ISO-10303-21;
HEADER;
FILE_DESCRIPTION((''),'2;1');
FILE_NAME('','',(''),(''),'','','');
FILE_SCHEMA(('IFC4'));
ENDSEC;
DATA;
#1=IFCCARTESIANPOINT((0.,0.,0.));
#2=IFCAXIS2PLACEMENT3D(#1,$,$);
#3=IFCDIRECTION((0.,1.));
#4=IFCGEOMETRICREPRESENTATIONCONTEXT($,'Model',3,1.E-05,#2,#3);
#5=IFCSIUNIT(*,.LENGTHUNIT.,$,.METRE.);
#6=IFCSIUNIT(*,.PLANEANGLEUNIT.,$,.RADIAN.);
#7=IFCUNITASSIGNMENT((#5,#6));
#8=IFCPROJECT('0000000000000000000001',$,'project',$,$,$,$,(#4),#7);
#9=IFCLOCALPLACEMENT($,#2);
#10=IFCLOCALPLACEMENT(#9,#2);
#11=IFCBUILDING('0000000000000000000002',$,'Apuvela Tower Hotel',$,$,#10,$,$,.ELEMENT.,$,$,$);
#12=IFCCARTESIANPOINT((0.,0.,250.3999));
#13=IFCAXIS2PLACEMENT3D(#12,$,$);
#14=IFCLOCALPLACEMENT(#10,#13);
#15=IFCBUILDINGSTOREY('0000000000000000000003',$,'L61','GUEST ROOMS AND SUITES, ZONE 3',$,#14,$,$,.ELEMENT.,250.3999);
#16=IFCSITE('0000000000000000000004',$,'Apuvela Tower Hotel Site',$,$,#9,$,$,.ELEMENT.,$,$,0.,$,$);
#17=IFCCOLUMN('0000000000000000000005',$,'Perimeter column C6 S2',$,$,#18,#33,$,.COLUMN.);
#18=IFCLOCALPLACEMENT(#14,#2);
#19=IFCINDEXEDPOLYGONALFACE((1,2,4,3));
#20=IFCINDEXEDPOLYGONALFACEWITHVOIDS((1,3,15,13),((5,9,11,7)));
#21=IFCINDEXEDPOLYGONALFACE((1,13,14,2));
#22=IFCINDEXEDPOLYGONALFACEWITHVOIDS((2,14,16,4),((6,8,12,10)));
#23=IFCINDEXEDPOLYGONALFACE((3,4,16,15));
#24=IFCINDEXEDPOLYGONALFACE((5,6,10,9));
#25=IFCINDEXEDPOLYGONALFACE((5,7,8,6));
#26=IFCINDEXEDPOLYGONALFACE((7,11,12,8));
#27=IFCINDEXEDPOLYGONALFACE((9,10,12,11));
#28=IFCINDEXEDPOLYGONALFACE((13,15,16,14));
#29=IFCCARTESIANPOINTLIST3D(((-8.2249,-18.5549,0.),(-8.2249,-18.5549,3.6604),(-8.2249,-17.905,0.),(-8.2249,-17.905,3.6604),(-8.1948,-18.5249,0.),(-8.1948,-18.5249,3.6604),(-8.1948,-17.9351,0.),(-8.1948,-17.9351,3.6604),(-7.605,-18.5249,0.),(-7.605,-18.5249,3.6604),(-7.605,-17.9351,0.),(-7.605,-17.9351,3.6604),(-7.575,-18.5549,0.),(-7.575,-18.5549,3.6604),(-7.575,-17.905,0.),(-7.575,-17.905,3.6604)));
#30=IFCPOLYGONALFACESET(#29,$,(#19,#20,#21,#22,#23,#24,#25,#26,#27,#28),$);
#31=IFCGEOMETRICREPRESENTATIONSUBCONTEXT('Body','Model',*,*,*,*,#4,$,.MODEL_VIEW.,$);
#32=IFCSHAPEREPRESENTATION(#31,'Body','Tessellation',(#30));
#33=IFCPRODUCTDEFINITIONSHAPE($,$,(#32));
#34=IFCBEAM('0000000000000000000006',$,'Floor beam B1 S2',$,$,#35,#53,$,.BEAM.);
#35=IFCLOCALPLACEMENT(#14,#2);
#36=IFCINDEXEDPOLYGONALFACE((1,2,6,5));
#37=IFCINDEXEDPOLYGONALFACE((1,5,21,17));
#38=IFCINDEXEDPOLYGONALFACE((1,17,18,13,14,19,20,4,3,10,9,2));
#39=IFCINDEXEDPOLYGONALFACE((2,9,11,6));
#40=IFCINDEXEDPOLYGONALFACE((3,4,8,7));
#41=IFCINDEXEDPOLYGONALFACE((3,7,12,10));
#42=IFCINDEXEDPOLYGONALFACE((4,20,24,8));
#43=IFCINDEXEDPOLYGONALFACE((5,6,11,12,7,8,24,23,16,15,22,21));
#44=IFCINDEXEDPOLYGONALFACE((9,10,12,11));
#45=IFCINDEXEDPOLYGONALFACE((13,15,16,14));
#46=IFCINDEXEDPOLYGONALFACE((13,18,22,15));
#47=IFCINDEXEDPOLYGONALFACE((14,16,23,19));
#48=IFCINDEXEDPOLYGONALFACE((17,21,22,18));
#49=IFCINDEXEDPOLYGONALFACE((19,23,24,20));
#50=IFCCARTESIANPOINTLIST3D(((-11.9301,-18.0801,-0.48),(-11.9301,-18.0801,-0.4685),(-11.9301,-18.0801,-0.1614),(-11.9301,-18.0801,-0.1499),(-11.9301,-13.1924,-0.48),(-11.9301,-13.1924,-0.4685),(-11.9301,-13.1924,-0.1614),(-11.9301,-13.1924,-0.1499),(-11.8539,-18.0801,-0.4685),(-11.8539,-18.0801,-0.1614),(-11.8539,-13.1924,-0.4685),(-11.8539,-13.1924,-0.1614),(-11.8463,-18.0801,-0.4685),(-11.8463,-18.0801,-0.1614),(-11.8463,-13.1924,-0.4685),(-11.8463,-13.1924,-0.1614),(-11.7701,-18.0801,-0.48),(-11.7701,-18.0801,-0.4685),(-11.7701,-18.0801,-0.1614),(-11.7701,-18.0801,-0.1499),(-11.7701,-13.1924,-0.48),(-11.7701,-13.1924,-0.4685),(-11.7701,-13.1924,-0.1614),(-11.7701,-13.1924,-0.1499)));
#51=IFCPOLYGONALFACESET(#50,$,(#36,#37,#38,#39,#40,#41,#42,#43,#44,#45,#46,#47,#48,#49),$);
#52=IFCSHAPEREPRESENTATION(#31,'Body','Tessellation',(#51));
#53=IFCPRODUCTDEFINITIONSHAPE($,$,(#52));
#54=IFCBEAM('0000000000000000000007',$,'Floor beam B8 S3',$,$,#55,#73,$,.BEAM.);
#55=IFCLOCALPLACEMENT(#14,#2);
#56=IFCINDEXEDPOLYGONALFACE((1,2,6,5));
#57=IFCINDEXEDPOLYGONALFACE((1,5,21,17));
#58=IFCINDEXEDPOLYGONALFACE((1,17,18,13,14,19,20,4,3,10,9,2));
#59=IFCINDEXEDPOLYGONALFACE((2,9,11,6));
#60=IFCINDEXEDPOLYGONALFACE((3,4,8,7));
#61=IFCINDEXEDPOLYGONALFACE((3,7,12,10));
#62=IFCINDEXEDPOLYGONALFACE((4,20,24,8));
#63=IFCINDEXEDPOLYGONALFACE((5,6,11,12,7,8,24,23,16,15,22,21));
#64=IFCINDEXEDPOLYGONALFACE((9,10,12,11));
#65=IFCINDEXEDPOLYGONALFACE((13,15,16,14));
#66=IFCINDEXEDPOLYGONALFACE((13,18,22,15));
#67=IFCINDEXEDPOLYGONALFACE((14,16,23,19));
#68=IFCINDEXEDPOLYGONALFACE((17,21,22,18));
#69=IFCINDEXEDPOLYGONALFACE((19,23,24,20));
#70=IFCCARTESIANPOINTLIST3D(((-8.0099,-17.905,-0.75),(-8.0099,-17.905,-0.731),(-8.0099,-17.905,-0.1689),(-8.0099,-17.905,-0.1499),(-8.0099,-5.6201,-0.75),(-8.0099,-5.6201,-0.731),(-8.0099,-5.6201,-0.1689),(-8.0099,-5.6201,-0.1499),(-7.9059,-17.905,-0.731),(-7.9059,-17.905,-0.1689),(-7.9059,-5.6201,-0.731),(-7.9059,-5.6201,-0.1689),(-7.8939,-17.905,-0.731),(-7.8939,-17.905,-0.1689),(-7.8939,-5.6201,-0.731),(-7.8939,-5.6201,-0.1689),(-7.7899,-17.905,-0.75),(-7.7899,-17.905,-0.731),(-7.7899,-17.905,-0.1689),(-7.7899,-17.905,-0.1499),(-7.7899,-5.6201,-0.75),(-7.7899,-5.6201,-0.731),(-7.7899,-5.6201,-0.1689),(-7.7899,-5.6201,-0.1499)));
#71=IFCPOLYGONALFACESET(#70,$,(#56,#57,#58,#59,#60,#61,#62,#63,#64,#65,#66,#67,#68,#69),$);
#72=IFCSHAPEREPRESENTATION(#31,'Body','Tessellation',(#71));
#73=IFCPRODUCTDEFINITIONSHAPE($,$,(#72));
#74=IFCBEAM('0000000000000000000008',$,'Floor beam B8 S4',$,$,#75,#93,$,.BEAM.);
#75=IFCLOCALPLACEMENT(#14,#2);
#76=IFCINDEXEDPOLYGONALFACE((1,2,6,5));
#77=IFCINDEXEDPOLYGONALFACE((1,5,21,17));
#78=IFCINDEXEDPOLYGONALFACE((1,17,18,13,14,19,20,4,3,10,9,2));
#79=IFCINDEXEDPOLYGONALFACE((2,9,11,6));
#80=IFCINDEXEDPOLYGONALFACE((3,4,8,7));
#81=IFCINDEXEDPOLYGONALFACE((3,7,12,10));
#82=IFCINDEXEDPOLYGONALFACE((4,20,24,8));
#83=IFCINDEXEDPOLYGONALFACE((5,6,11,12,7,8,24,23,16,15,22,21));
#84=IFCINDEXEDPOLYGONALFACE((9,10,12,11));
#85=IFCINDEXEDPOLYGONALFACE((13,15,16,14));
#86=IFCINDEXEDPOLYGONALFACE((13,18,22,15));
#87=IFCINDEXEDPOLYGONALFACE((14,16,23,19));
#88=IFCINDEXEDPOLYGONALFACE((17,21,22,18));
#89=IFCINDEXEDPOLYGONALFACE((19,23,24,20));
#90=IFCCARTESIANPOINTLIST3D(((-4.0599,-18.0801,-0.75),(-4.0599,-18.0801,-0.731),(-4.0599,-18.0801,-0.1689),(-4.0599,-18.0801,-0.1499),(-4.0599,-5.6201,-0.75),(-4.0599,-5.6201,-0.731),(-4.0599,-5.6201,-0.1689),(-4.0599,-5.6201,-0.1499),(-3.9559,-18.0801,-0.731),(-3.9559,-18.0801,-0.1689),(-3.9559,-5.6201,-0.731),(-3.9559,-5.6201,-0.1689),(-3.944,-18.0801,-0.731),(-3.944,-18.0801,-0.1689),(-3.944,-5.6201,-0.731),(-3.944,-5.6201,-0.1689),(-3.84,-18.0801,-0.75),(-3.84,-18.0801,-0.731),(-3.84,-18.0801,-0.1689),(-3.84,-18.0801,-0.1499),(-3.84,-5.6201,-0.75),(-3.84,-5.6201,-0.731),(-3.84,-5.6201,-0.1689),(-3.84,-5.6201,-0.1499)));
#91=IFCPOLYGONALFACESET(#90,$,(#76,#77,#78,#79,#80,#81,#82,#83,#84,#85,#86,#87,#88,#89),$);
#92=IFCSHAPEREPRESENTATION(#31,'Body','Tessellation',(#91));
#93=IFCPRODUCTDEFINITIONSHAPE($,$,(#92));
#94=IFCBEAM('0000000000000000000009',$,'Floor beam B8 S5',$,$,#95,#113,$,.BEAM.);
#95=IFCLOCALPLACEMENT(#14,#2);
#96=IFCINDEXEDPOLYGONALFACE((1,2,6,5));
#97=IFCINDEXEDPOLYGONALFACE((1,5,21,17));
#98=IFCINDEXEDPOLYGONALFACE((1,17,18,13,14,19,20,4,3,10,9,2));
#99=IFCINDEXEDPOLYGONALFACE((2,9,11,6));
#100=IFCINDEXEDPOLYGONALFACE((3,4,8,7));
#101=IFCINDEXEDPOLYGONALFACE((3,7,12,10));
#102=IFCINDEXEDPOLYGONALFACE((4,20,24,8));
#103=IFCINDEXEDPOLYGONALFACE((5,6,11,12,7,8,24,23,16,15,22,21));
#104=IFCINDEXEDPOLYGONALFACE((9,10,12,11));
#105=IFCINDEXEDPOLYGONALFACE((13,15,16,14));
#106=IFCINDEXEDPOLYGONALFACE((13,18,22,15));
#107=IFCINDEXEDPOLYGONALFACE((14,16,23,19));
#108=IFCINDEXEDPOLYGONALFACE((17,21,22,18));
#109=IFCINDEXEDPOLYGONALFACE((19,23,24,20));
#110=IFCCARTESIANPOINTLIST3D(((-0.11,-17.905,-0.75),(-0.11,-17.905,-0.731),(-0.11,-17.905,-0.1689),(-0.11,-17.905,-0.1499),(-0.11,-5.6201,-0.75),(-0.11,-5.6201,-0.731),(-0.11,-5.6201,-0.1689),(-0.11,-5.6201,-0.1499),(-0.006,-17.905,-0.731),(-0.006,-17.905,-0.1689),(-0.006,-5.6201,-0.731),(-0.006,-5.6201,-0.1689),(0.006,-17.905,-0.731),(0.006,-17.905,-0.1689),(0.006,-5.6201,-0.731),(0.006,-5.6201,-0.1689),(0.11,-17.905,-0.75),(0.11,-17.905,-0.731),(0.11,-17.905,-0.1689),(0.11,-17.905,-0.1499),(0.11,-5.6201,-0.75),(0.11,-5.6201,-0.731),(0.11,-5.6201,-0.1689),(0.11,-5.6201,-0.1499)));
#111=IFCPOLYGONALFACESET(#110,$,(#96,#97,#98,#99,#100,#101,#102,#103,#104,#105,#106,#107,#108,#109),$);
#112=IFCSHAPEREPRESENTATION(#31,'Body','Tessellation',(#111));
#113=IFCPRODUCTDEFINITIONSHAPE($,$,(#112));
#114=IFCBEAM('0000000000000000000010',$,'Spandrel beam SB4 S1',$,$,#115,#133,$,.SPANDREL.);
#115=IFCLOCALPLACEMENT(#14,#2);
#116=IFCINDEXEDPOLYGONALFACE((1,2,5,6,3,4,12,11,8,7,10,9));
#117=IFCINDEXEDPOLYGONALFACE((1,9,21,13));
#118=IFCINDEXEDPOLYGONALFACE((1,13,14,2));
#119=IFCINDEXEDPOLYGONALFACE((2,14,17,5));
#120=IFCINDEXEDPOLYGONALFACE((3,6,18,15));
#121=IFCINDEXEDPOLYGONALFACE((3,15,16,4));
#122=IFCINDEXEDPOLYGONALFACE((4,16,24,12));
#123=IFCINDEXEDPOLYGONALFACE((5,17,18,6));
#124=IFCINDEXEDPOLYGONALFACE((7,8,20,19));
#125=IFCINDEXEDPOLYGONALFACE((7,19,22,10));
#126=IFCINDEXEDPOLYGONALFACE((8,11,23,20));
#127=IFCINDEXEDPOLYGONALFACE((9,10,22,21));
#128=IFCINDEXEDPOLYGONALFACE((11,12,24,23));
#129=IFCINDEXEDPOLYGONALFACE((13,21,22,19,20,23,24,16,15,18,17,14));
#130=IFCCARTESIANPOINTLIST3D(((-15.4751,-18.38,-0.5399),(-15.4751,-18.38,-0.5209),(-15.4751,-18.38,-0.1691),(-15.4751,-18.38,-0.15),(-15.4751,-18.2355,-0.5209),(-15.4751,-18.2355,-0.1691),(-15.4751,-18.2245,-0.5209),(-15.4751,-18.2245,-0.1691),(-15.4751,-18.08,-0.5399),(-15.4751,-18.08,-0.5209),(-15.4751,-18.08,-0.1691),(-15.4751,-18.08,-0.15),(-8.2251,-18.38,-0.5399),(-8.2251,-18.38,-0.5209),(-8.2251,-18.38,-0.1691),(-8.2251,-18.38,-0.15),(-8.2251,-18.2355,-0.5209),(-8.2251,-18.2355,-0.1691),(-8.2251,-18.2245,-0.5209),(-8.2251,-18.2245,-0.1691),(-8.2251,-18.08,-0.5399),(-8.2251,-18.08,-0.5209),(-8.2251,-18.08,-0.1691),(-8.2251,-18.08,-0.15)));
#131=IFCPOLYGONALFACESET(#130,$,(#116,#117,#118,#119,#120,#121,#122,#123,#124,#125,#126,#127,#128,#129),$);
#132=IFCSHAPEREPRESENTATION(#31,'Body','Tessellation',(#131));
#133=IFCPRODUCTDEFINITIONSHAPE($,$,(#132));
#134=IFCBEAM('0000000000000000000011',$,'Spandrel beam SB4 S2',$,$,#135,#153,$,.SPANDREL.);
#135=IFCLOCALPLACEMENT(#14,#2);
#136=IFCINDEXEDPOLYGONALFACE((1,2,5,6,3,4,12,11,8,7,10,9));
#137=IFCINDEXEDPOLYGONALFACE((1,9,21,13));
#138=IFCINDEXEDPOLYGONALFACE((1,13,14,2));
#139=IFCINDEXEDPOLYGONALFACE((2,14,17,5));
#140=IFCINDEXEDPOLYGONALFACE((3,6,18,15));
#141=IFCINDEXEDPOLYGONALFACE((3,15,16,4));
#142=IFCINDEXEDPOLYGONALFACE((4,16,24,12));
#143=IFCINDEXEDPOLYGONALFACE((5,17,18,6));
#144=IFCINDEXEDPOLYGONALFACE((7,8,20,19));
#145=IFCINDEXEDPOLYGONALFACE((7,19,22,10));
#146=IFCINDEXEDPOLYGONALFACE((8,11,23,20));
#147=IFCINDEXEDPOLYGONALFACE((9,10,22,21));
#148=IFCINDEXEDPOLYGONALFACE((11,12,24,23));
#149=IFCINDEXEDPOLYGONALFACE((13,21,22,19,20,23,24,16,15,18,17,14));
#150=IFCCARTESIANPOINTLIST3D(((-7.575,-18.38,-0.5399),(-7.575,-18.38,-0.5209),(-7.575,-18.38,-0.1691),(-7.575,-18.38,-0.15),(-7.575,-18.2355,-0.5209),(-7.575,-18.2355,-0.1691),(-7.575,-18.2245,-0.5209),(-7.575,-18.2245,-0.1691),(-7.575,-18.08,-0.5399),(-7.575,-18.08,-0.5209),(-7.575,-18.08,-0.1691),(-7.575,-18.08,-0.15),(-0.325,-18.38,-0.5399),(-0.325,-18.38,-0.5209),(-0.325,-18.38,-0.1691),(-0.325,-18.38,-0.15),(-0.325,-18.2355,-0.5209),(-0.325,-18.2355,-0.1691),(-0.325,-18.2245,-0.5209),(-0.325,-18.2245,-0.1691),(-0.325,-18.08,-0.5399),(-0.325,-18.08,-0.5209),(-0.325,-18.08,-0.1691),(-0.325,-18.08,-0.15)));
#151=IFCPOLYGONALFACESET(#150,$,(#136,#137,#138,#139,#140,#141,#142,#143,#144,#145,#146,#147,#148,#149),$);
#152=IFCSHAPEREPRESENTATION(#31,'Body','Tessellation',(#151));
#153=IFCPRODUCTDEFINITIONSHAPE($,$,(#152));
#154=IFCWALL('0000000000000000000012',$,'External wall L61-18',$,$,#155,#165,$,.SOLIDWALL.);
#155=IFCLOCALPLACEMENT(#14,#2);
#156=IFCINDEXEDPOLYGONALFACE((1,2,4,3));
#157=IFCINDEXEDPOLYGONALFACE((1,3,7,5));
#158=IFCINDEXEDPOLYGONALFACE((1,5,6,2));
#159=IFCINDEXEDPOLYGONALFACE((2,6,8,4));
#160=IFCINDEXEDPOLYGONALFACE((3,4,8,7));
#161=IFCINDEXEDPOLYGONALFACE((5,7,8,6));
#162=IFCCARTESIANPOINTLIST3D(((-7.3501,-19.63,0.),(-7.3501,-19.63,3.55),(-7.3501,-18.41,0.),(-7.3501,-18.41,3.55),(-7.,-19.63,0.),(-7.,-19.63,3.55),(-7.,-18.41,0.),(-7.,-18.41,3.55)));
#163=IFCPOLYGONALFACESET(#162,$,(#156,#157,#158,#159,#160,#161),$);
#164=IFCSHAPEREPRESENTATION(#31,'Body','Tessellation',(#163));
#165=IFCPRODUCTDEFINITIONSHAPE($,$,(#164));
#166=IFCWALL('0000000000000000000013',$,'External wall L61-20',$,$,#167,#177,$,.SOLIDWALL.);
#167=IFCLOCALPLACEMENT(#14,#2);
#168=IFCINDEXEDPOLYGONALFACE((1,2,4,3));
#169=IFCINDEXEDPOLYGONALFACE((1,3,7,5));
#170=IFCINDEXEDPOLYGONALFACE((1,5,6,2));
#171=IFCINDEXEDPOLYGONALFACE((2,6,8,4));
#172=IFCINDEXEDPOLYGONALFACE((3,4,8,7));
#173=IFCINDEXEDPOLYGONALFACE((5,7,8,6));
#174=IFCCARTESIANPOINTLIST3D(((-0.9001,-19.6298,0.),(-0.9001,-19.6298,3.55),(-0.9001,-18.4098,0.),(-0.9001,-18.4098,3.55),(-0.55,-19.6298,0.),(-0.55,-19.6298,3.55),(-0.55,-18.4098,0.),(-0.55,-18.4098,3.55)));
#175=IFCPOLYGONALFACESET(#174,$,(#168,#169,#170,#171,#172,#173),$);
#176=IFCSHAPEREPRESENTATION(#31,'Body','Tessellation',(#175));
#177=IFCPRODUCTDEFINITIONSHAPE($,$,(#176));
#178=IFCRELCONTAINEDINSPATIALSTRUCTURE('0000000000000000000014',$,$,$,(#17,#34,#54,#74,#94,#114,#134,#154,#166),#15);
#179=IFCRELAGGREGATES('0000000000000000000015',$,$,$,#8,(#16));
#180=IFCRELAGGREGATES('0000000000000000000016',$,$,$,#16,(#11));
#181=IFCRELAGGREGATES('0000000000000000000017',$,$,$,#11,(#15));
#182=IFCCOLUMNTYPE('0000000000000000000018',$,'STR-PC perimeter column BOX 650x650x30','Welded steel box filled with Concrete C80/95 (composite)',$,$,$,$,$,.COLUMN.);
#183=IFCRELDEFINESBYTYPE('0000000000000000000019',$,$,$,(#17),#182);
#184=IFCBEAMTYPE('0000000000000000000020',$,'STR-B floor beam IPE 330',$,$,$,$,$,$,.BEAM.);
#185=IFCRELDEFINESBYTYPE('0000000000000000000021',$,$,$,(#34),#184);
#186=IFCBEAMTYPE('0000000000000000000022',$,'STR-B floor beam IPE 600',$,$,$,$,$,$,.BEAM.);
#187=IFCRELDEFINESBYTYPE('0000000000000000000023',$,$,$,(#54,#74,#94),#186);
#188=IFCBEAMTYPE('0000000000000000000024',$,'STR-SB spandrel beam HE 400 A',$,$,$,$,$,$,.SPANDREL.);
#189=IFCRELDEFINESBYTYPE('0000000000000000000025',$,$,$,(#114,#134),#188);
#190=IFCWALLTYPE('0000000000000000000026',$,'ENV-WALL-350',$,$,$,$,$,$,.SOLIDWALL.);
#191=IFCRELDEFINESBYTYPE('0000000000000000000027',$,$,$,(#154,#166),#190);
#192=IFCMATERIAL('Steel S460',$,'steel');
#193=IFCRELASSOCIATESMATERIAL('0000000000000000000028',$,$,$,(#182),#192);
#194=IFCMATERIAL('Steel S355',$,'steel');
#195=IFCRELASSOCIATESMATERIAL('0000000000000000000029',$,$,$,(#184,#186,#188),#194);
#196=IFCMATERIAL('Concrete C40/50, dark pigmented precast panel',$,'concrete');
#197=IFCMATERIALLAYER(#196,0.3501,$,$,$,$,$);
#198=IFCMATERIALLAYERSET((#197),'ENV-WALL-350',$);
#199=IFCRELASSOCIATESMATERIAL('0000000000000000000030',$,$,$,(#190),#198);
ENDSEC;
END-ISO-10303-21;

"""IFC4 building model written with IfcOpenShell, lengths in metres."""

from ifc_helpers import new_model, si_unit, direction, frame, frame_2d, origin, origin_2d, place, context, subcontext, project, spatial, rectangle, hollow_rectangle, i_section, extrude, boolean, halfspace, material, layer, layer_set, material_profile, profile_set, type_object, element, save


model = new_model("IFC4")

# Units and contexts
model_context = context("Model", 3, precision=1e-05, world=origin(), true_north=direction((0.0, 1.0)))
body_context = subcontext(model_context, "Body", "Model", "MODEL_VIEW")
ifc_project = project(units=[si_unit("LENGTHUNIT", "METRE"), si_unit("PLANEANGLEUNIT", "RADIAN")], contexts=[model_context])

# Site, building, storey
site_placement = place(None, origin())
site = spatial("IfcSite", under=ifc_project, at=site_placement, Name="Apuvela Tower Hotel Site", CompositionType="ELEMENT", RefElevation=0.0)
building_placement = place(site_placement, origin())
building = spatial("IfcBuilding", under=site, at=building_placement, Name="Apuvela Tower Hotel", CompositionType="ELEMENT")
storey_placement = place(building_placement, frame((0.0, 0.0, 250.3999)))
storey = spatial("IfcBuildingStorey", under=building, at=storey_placement, Name="L61", Description="GUEST ROOMS AND SUITES, ZONE 3", CompositionType="ELEMENT", Elevation=250.3999)

# Column
ifc_material_1 = material(Name="Steel S460", Category="steel")
ifc_material_profile_1 = material_profile(ifc_material_1, hollow_rectangle(XDim=0.6499, YDim=0.6499, WallThickness=0.03, at=origin_2d()), Name="BOX 650x650x30")
ifc_material_2 = material(Name="Concrete C80/95", Category="concrete")
ifc_material_profile_2 = material_profile(ifc_material_2, rectangle(XDim=0.5901, YDim=0.5901, at=origin_2d()), Name="Concrete C80/95 infill")
ifc_profile_set_1 = profile_set([ifc_material_profile_1, ifc_material_profile_2], Name="Steel S460")
column_type = type_object("IfcColumnType", Name="STR-PC perimeter column BOX 650x650x30", Description="Welded steel box filled with Concrete C80/95 (composite)", PredefinedType="COLUMN", material=ifc_profile_set_1)
column_1_placement = place(storey_placement, frame((-7.8999, -18.23, 0.0), z_axis=(0.0, 0.0, 1.0), x_axis=(-1.0, 0.0, 0.0)))
element("IfcColumn", 1, at=column_1_placement, inside=storey, type_object=column_type, Name="Perimeter column C6 S2", PredefinedType="COLUMN", context=body_context, shape_type="SweptSolid", body=[
    boolean("DIFFERENCE", extrude(hollow_rectangle(XDim=0.6499, YDim=0.6499, WallThickness=0.03, at=origin_2d()), origin(), (0.0, 0.0, 1.0), 3.7002), halfspace(frame((0.0, 0.0, 3.6604), z_axis=(0.0, 0.0, 1.0), x_axis=(1.0, 0.0, 0.0)), False)),
])

# Beams
ifc_material_3 = material(Name="Steel S355", Category="steel")
ifc_material_profile_3 = material_profile(ifc_material_3, i_section(OverallWidth=0.1599, OverallDepth=0.3301, WebThickness=0.0076, FlangeThickness=0.0115, at=origin_2d()), Name="IPE 330")
ifc_profile_set_2 = profile_set([ifc_material_profile_3], Name="Steel S355")
beam_type_1 = type_object("IfcBeamType", Name="STR-B floor beam IPE 330", PredefinedType="BEAM", material=ifc_profile_set_2)
beam_1_placement = place(storey_placement, frame((-11.8501, -18.0801, -0.3149), z_axis=(0.0, 1.0, 0.0), x_axis=(-1.0, 0.0, 0.0)))
element("IfcBeam", 2, at=beam_1_placement, inside=storey, type_object=beam_type_1, Name="Floor beam B1 S2", PredefinedType="BEAM", context=body_context, shape_type="SweptSolid", body=[
    extrude(i_section(OverallWidth=0.1599, OverallDepth=0.3301, WebThickness=0.0076, FlangeThickness=0.0115, at=origin_2d()), origin(), (0.0, 0.0, 1.0), 4.8877),
])
ifc_material_profile_4 = material_profile(ifc_material_3, i_section(OverallWidth=0.22, OverallDepth=0.6001, WebThickness=0.012, FlangeThickness=0.019, at=origin_2d()), Name="IPE 600")
ifc_profile_set_3 = profile_set([ifc_material_profile_4], Name="Steel S355")
beam_type_2 = type_object("IfcBeamType", Name="STR-B floor beam IPE 600", PredefinedType="BEAM", material=ifc_profile_set_3)
beam_2_placement = place(storey_placement, frame((-7.8999, -17.905, -0.45), z_axis=(0.0, 1.0, 0.0), x_axis=(-1.0, 0.0, 0.0)))
element("IfcBeam", 3, at=beam_2_placement, inside=storey, type_object=beam_type_2, Name="Floor beam B8 S3", PredefinedType="BEAM", context=body_context, shape_type="SweptSolid", body=[
    extrude(i_section(OverallWidth=0.22, OverallDepth=0.6001, WebThickness=0.012, FlangeThickness=0.019, at=origin_2d()), origin(), (0.0, 0.0, 1.0), 12.2849),
])
beam_3_placement = place(storey_placement, frame((-3.95, -18.0801, -0.45), z_axis=(0.0, 1.0, 0.0), x_axis=(-1.0, 0.0, 0.0)))
element("IfcBeam", 4, at=beam_3_placement, inside=storey, type_object=beam_type_2, Name="Floor beam B8 S4", PredefinedType="BEAM", context=body_context, shape_type="SweptSolid", body=[
    extrude(i_section(OverallWidth=0.22, OverallDepth=0.6001, WebThickness=0.012, FlangeThickness=0.019, at=origin_2d()), origin(), (0.0, 0.0, 1.0), 12.46),
])
beam_4_placement = place(storey_placement, frame((0.0, -17.905, -0.45), z_axis=(0.0, 1.0, 0.0), x_axis=(-1.0, 0.0, 0.0)))
element("IfcBeam", 5, at=beam_4_placement, inside=storey, type_object=beam_type_2, Name="Floor beam B8 S5", PredefinedType="BEAM", context=body_context, shape_type="SweptSolid", body=[
    extrude(i_section(OverallWidth=0.22, OverallDepth=0.6001, WebThickness=0.012, FlangeThickness=0.019, at=origin_2d()), origin(), (0.0, 0.0, 1.0), 12.2849),
])
ifc_material_profile_5 = material_profile(ifc_material_3, i_section(OverallWidth=0.3, OverallDepth=0.3899, WebThickness=0.011, FlangeThickness=0.019, at=origin_2d()), Name="HE 400 A")
ifc_profile_set_4 = profile_set([ifc_material_profile_5], Name="Steel S355")
beam_type_3 = type_object("IfcBeamType", Name="STR-SB spandrel beam HE 400 A", PredefinedType="SPANDREL", material=ifc_profile_set_4)
for number, where, z_axis, x_axis, name in (
    (6, (-15.4751, -18.23, -0.345), (1.0, 0.0, 0.0), (0.0, 1.0, 0.0), "Spandrel beam SB4 S1"),
    (7, (-7.575, -18.23, -0.345), (1.0, 0.0, 0.0), (0.0, 1.0, 0.0), "Spandrel beam SB4 S2"),
):
    element("IfcBeam", number, at=place(storey_placement, frame(where, z_axis=z_axis, x_axis=x_axis)), inside=storey, type_object=beam_type_3, Name=name, PredefinedType="SPANDREL", context=body_context, shape_type="SweptSolid", body=[
        extrude(i_section(OverallWidth=0.3, OverallDepth=0.3899, WebThickness=0.011, FlangeThickness=0.019, at=origin_2d()), origin(), (0.0, 0.0, 1.0), 7.25),
    ])

# Wall
ifc_material_4 = material(Name="Concrete C40/50, dark pigmented precast panel", Category="concrete")
ifc_layer_1 = layer(ifc_material_4, 0.3501)
ifc_layer_set_1 = layer_set([ifc_layer_1], Name="ENV-WALL-350")
wall_type_1 = type_object("IfcWallType", Name="ENV-WALL-350", PredefinedType="SOLIDWALL", material=ifc_layer_set_1)
wall_1_placement = place(storey_placement, frame((-7.175, -19.6299, 0.0), z_axis=(0.0, 0.0, 1.0), x_axis=(0.0, 1.0, 0.0)))
element("IfcWall", 8, at=wall_1_placement, inside=storey, type_object=wall_type_1, Name="External wall L61-18", PredefinedType="SOLIDWALL", context=body_context, shape_type="SweptSolid", body=[
    extrude(rectangle(XDim=1.22, YDim=0.3501, at=frame_2d((0.6099, 0.0))), origin(), (0.0, 0.0, 1.0), 3.55),
])

# Wall
wall_2_placement = place(storey_placement, frame((-0.7251, -18.4099, 0.0), z_axis=(0.0, 0.0, 1.0), x_axis=(0.0, -1.0, 0.0)))
element("IfcWall", 9, at=wall_2_placement, inside=storey, type_object=wall_type_1, Name="External wall L61-20", PredefinedType="SOLIDWALL", context=body_context, shape_type="SweptSolid", body=[
    extrude(rectangle(XDim=1.22, YDim=0.3501, at=frame_2d((0.6099, 0.0))), origin(), (0.0, 0.0, 1.0), 3.55),
])

save(model, "model.ifc")
